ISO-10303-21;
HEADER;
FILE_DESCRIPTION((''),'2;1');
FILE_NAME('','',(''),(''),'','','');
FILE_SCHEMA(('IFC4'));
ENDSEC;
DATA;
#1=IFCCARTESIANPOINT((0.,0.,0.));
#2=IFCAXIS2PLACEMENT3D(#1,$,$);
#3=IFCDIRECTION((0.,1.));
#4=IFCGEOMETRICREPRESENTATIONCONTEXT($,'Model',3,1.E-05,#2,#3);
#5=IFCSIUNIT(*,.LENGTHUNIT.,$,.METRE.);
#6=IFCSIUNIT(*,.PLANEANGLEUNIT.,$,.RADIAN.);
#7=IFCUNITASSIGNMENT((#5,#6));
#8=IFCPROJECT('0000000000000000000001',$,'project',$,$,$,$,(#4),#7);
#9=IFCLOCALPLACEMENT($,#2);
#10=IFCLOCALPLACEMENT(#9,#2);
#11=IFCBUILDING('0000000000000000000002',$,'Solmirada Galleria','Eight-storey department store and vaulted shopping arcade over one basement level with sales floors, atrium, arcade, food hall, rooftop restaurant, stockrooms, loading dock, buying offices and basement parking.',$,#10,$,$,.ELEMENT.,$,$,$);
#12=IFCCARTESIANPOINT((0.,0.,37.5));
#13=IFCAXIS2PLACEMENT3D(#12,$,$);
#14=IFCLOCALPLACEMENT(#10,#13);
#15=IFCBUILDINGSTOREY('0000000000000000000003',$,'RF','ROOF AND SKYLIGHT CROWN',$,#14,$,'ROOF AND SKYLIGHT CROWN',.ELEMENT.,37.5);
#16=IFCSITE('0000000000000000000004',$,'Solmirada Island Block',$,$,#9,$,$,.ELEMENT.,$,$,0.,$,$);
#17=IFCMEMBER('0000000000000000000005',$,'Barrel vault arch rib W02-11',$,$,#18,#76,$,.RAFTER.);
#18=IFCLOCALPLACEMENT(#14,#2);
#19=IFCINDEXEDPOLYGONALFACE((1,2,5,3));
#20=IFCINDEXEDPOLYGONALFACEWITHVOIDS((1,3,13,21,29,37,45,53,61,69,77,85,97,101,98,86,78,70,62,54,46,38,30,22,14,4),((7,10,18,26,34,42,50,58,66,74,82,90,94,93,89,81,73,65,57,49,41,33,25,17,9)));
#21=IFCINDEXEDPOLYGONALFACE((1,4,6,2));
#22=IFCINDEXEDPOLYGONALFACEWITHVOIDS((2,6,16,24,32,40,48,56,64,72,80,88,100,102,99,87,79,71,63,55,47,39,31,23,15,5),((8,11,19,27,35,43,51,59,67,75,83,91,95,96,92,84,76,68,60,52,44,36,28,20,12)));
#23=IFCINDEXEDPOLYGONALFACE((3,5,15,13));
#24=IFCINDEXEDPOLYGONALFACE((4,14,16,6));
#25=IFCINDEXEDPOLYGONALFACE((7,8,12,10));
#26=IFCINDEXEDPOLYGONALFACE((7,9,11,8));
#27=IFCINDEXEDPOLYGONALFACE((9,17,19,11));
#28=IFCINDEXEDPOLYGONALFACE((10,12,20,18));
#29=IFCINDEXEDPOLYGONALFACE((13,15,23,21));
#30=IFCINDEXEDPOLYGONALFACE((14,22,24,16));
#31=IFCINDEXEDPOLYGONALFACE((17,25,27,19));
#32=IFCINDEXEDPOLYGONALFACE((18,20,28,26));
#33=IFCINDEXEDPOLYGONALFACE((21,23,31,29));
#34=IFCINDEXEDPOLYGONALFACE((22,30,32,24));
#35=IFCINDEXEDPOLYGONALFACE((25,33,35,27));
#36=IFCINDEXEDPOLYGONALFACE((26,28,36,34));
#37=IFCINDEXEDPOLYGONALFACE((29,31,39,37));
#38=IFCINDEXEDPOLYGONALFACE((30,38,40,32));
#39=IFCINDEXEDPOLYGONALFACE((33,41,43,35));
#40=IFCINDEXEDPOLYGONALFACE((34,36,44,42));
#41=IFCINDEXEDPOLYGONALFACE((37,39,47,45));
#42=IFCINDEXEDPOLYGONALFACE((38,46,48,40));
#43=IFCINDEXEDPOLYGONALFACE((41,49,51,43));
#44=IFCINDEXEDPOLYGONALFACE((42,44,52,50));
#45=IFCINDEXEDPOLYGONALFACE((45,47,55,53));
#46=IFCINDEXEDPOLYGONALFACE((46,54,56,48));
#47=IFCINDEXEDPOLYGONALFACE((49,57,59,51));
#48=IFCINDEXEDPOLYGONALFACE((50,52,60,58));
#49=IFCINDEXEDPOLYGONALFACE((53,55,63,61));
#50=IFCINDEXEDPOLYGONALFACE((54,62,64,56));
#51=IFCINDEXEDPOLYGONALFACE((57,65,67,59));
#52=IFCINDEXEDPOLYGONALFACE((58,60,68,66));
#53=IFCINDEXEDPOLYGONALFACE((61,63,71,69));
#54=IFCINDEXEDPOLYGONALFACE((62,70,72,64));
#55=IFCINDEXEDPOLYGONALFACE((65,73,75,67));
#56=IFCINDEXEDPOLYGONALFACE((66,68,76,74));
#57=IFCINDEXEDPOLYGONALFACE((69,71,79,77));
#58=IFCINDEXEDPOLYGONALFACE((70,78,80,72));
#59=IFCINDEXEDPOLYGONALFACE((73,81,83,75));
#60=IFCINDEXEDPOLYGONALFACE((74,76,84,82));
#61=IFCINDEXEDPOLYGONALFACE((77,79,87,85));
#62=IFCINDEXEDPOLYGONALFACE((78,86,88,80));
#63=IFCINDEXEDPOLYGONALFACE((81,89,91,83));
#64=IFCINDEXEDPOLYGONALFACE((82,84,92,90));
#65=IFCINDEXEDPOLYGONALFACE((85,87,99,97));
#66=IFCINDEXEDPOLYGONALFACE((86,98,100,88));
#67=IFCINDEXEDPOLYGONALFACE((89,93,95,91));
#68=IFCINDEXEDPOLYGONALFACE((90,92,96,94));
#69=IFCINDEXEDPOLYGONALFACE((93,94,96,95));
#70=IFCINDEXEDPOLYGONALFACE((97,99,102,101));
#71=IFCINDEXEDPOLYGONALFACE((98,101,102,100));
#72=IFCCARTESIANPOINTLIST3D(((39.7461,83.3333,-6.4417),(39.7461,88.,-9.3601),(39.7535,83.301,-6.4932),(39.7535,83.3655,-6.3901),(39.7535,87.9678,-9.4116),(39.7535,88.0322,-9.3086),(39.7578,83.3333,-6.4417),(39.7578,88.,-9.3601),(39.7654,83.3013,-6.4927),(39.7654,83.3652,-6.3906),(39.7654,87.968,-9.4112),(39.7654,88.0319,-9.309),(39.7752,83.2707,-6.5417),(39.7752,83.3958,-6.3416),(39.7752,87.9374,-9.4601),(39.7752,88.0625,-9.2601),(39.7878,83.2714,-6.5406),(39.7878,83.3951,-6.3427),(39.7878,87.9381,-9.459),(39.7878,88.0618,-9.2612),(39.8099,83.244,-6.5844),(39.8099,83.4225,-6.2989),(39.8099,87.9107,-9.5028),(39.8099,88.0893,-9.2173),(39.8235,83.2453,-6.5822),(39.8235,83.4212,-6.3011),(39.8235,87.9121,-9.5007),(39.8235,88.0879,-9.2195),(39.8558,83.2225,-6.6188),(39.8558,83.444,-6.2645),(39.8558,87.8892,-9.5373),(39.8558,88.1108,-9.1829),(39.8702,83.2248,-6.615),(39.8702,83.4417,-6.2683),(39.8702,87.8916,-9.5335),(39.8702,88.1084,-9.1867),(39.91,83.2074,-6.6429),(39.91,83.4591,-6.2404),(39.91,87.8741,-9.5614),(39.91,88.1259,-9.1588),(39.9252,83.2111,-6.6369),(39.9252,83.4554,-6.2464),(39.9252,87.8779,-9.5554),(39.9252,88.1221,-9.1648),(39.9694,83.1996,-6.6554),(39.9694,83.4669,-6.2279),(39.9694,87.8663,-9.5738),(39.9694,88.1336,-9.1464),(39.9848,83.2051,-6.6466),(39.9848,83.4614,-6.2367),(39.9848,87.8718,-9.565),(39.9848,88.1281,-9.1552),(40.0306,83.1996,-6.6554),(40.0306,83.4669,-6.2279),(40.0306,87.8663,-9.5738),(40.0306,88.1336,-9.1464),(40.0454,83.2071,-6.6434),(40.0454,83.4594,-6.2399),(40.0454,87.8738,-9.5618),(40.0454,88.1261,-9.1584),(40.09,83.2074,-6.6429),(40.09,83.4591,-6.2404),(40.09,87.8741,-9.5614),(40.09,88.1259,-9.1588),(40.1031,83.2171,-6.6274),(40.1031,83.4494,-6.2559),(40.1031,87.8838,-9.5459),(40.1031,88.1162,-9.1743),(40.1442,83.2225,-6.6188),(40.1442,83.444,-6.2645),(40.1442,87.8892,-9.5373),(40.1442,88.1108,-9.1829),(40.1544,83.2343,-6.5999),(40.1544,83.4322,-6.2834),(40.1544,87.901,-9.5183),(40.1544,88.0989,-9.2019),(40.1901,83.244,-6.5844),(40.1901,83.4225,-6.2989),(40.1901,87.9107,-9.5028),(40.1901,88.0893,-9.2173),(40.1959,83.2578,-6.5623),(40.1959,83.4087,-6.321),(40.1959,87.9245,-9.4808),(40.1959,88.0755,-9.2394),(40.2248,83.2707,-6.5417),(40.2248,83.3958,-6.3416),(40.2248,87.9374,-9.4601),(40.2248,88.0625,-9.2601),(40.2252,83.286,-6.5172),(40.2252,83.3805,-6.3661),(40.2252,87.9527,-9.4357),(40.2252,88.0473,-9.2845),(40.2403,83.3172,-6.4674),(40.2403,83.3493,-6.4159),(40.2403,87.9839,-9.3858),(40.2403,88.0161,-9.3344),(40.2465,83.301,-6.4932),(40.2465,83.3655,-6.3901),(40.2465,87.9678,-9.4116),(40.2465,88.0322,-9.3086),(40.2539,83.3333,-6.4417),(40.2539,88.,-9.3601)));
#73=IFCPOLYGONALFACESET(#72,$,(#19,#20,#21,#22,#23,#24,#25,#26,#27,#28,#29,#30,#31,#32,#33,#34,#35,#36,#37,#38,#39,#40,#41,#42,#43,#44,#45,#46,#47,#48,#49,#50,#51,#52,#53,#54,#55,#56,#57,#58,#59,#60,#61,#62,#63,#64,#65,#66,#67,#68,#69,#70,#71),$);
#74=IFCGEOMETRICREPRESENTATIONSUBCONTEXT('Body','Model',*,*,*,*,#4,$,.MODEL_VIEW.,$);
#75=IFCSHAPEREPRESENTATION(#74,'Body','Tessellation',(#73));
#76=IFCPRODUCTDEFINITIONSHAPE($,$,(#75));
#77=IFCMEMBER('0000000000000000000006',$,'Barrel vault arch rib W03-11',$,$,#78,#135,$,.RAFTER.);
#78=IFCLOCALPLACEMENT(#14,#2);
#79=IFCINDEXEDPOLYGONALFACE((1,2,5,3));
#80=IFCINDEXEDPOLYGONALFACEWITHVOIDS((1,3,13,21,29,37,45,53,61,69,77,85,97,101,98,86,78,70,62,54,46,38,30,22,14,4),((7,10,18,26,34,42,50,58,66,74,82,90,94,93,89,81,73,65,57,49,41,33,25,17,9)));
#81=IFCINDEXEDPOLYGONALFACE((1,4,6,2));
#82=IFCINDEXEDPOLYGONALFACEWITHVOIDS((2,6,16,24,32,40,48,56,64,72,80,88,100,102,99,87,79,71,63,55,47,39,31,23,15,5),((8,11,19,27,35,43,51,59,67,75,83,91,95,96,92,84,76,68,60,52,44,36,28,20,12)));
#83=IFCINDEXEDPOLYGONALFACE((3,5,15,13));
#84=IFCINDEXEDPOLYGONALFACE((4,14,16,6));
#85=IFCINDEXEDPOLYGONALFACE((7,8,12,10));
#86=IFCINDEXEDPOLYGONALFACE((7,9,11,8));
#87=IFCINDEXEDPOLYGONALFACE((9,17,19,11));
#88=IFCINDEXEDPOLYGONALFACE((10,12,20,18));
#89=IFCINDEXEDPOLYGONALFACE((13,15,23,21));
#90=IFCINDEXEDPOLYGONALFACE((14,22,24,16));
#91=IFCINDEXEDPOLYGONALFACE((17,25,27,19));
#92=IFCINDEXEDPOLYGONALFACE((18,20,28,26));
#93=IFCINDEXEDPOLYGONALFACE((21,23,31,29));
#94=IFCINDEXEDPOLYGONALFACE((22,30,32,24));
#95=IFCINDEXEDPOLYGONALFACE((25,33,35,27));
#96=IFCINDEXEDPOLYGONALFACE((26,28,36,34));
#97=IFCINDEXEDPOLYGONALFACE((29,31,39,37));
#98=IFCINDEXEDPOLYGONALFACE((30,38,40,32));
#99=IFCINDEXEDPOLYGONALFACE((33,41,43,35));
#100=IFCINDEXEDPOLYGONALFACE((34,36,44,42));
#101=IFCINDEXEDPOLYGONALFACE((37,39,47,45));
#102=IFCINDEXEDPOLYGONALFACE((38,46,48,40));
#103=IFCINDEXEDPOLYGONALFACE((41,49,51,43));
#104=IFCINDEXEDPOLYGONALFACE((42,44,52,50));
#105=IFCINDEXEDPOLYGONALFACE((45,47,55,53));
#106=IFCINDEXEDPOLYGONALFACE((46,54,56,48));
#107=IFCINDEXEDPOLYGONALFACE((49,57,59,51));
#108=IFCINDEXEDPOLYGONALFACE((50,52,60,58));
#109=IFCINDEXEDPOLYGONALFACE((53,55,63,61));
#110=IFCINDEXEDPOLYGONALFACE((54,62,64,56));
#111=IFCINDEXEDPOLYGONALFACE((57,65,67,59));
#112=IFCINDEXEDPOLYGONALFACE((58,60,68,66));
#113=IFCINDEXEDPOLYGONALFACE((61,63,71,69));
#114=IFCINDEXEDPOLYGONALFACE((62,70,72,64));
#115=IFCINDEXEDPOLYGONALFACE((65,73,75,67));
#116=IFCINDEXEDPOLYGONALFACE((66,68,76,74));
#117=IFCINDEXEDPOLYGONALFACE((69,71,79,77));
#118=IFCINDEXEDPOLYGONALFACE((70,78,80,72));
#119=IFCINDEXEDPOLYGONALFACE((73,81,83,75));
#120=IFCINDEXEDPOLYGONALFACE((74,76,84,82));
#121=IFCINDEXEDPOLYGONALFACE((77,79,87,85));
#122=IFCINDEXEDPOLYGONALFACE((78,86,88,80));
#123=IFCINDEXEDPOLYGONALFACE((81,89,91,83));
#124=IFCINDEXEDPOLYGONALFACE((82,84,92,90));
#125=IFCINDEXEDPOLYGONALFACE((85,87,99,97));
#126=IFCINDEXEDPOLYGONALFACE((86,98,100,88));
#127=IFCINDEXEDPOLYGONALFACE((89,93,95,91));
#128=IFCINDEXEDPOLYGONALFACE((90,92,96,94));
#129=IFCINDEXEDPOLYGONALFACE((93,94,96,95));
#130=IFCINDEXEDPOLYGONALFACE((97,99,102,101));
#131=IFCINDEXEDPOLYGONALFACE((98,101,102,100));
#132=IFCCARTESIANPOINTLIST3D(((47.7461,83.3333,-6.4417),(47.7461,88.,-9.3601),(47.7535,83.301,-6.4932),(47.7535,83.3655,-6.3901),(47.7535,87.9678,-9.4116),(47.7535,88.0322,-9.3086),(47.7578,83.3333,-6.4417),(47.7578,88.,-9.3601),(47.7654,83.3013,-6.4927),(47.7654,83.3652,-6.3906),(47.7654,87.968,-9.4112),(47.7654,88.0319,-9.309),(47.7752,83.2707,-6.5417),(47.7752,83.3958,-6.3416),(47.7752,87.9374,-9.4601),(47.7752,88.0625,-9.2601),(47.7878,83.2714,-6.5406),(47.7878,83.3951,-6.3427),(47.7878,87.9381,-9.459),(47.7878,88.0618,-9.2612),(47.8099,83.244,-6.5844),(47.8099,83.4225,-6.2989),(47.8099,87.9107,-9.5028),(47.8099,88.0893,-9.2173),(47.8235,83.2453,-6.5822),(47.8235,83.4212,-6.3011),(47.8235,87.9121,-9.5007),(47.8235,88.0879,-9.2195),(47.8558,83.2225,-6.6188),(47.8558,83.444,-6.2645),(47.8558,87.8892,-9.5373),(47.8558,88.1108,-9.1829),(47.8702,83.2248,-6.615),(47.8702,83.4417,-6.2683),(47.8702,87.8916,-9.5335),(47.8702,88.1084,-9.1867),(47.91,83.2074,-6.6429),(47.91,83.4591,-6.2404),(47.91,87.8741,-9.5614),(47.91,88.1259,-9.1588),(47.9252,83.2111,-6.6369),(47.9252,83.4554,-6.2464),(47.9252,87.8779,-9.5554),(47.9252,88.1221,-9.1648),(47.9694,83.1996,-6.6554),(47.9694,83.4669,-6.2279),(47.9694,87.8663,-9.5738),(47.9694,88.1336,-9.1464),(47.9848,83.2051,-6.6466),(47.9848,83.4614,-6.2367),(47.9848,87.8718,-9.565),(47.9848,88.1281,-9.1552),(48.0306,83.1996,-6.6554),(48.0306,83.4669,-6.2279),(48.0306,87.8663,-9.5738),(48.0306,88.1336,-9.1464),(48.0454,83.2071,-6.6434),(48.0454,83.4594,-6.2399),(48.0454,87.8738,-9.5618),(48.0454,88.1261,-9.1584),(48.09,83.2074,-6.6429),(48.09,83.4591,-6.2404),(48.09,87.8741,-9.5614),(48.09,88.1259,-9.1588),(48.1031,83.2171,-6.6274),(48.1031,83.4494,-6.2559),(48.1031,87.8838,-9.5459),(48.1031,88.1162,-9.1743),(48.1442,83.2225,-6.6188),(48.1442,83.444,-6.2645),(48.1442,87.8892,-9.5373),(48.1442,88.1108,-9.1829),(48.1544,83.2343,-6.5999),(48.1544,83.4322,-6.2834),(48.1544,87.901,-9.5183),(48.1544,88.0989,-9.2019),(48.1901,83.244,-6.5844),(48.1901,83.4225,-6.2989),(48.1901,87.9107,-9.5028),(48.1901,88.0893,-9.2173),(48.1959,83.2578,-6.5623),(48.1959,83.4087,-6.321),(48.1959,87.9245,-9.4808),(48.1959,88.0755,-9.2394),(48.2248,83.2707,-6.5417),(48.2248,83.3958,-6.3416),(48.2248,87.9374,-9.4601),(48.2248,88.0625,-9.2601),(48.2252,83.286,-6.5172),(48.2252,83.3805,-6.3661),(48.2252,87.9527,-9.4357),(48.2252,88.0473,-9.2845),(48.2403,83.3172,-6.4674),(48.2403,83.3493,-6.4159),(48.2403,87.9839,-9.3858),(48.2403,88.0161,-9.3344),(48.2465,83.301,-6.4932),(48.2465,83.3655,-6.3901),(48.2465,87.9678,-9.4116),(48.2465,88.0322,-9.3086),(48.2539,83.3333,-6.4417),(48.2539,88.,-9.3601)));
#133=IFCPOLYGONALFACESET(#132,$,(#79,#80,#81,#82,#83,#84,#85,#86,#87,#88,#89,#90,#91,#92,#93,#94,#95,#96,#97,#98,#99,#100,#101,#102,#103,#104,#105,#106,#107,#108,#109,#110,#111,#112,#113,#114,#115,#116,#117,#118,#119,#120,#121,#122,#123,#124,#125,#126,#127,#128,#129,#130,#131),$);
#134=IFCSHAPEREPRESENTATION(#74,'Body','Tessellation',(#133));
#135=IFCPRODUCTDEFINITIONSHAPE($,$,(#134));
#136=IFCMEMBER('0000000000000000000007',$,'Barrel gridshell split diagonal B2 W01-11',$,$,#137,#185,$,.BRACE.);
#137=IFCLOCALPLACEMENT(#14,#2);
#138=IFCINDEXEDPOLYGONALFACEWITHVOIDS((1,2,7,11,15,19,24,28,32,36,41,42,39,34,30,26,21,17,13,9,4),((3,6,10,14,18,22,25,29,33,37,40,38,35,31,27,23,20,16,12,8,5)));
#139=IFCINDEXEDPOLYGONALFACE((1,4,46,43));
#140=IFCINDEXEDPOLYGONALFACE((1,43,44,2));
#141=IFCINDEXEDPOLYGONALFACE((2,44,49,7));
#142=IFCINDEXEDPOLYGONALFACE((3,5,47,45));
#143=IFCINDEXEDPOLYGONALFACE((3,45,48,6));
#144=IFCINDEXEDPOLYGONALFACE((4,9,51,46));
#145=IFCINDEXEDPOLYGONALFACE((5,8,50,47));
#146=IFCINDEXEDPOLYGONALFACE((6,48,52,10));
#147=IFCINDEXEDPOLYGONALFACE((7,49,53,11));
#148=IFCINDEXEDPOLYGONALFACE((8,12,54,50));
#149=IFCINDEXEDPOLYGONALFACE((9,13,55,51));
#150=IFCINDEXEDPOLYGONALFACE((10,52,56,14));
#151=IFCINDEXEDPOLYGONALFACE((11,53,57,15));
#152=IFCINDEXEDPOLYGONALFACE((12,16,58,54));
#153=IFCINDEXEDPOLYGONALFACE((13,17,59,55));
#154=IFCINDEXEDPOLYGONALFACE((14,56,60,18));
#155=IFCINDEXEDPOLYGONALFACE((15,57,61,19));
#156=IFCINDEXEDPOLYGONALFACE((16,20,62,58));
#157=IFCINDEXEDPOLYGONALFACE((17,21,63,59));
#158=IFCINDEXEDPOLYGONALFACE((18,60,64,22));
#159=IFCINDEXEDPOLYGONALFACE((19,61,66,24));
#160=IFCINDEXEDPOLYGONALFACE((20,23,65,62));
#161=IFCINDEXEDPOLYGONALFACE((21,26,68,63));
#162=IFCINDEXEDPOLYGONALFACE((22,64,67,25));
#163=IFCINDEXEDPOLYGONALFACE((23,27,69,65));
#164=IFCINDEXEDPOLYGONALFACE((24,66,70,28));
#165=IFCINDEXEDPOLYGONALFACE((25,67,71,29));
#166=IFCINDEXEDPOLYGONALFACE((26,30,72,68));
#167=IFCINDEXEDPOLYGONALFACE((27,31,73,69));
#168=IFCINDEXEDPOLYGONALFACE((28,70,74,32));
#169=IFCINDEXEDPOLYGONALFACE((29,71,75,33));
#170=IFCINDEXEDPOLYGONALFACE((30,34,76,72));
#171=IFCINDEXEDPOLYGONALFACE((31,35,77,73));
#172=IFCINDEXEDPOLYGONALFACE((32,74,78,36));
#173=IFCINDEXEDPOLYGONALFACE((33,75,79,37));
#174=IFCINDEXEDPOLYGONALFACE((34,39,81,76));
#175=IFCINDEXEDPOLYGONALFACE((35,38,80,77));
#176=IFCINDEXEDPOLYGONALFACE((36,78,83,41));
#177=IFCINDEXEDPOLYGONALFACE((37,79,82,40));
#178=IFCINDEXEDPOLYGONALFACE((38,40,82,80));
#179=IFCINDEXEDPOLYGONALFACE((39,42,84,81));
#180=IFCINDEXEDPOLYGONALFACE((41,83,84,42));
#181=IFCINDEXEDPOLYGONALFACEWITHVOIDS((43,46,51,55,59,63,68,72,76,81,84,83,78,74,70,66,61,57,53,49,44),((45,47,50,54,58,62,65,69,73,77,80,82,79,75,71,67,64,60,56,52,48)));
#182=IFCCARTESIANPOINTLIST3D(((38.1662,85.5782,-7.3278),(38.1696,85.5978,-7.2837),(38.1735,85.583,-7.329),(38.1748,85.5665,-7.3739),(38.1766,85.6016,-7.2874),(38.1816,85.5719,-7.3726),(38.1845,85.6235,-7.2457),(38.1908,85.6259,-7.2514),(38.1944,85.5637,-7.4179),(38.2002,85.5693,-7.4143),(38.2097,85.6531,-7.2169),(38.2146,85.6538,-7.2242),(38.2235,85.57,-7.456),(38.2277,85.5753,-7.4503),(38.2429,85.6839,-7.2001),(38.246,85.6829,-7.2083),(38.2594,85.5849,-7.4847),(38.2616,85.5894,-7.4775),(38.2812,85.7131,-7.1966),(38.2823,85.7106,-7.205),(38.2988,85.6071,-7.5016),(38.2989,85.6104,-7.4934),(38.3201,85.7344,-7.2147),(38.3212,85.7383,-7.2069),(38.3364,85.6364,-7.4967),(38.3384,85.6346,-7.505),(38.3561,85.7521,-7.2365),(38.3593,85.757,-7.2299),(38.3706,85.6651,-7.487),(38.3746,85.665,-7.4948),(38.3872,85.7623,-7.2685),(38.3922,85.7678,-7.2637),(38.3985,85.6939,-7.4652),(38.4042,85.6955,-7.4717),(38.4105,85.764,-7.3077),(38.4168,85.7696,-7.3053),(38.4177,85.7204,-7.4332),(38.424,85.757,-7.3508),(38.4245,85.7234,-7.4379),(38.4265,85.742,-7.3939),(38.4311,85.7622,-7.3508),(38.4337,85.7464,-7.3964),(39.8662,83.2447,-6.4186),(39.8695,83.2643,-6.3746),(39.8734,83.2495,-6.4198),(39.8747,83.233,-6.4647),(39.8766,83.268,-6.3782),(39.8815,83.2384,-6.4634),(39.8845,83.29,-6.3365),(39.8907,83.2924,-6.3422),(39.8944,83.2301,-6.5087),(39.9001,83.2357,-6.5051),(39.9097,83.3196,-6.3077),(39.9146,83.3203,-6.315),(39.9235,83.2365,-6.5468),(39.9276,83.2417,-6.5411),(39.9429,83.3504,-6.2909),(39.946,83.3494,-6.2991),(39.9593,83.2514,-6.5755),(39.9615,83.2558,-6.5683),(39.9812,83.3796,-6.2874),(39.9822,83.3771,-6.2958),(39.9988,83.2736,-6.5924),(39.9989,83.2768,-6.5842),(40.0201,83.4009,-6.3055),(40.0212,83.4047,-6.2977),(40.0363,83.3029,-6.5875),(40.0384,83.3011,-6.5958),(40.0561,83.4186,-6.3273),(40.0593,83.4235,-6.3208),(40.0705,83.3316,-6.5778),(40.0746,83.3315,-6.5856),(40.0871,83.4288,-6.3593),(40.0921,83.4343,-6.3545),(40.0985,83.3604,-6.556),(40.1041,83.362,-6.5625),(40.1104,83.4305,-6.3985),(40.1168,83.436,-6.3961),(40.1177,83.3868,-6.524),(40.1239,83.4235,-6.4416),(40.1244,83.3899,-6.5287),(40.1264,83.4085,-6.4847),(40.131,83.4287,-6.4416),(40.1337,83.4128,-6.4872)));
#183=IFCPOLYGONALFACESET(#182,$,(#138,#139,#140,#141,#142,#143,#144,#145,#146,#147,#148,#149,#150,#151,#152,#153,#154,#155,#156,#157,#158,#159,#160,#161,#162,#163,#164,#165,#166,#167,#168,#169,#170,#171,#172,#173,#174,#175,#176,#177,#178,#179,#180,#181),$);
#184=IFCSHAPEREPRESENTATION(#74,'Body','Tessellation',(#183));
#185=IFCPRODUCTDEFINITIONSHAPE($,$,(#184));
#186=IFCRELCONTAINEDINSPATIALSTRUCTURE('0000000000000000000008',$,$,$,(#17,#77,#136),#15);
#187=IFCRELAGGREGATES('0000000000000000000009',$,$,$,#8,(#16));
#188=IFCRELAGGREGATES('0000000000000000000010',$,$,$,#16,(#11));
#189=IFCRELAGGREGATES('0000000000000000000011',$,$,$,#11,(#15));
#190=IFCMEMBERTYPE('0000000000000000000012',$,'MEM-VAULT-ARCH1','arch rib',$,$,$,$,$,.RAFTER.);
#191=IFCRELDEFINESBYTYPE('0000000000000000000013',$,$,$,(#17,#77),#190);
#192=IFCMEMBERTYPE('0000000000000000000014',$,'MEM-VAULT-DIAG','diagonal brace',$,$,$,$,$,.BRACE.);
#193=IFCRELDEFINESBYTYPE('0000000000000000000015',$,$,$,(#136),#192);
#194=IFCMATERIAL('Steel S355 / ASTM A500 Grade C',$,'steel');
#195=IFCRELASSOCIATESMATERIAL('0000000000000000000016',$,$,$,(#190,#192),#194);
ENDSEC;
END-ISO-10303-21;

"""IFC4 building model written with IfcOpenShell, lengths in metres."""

from ifc_helpers import new_model, si_unit, direction, frame, origin, origin_2d, place, context, subcontext, project, spatial, hollow_circle, extrude, material, material_profile, profile_set, type_object, element, save


model = new_model("IFC4")

# Units and contexts
model_context = context("Model", 3, precision=1e-05, world=origin(), true_north=direction((0.0, 1.0)))
body_context = subcontext(model_context, "Body", "Model", "MODEL_VIEW")
ifc_project = project(units=[si_unit("LENGTHUNIT", "METRE"), si_unit("PLANEANGLEUNIT", "RADIAN")], contexts=[model_context])

# Site, building, storey
site_placement = place(None, origin())
site = spatial("IfcSite", under=ifc_project, at=site_placement, Name="Solmirada Island Block", CompositionType="ELEMENT", RefElevation=0.0)
building_placement = place(site_placement, origin())
building = spatial("IfcBuilding", under=site, at=building_placement, Name="Solmirada Galleria", Description="Eight-storey department store and vaulted shopping arcade over one basement level with sales floors, atrium, arcade, food hall, rooftop restaurant, stockrooms, loading dock, buying offices and basement parking.", CompositionType="ELEMENT")
storey_placement = place(building_placement, frame((0.0, 0.0, 37.5)))
storey = spatial("IfcBuildingStorey", under=building, at=storey_placement, Name="RF", Description="ROOF AND SKYLIGHT CROWN", LongName="ROOF AND SKYLIGHT CROWN", CompositionType="ELEMENT", Elevation=37.5)

# Members
ifc_material_1 = material(Name="Steel S355 / ASTM A500 Grade C", Category="steel")
ifc_material_profile_1 = material_profile(ifc_material_1, hollow_circle(Radius=0.2539, WallThickness=0.0117, at=origin_2d()), Name="HSS20.000X0.500")
ifc_profile_set_1 = profile_set([ifc_material_profile_1], Name="Steel S355 / ASTM A500 Grade C")
member_type_1 = type_object("IfcMemberType", Name="MEM-VAULT-ARCH1", Description="arch rib", PredefinedType="RAFTER", material=ifc_profile_set_1)
for number, where, z_axis, x_axis, name in (
    (1, (40.0, 83.3333, -6.4417), (0.0, 0.847856, -0.530226), (-1.0, 0.0, 0.0), "Barrel vault arch rib W02-11"),
    (2, (48.0, 83.3333, -6.4417), (0.0, 0.847856, -0.530226), (-1.0, 0.0, 0.0), "Barrel vault arch rib W03-11"),
):
    element("IfcMember", number, at=place(storey_placement, frame(where, z_axis=z_axis, x_axis=x_axis)), inside=storey, type_object=member_type_1, Name=name, PredefinedType="RAFTER", context=body_context, shape_type="SweptSolid", body=[
        extrude(hollow_circle(Radius=0.2539, WallThickness=0.0117, at=origin_2d()), origin(), (0.0, 0.0, 1.0), 5.5042),
    ])
ifc_material_profile_2 = material_profile(ifc_material_1, hollow_circle(Radius=0.1621, WallThickness=0.0088, at=origin_2d()), Name="HSS12.750X0.375")
ifc_profile_set_2 = profile_set([ifc_material_profile_2], Name="Steel S355 / ASTM A500 Grade C")
member_type_2 = type_object("IfcMemberType", Name="MEM-VAULT-DIAG", Description="diagonal brace", PredefinedType="BRACE", material=ifc_profile_set_2)
member_1_placement = place(storey_placement, frame((38.3, 85.6667, -7.3508), z_axis=(0.561629, -0.77094, 0.300374), x_axis=(0.808264, 0.58882, 0.0)))
element("IfcMember", 3, at=member_1_placement, inside=storey, type_object=member_type_2, Name="Barrel gridshell split diagonal B2 W01-11", PredefinedType="BRACE", context=body_context, shape_type="SweptSolid", body=[
    extrude(hollow_circle(Radius=0.1621, WallThickness=0.0088, at=origin_2d()), origin(), (0.0, 0.0, 1.0), 3.0269),
])

save(model, "model.ifc")
